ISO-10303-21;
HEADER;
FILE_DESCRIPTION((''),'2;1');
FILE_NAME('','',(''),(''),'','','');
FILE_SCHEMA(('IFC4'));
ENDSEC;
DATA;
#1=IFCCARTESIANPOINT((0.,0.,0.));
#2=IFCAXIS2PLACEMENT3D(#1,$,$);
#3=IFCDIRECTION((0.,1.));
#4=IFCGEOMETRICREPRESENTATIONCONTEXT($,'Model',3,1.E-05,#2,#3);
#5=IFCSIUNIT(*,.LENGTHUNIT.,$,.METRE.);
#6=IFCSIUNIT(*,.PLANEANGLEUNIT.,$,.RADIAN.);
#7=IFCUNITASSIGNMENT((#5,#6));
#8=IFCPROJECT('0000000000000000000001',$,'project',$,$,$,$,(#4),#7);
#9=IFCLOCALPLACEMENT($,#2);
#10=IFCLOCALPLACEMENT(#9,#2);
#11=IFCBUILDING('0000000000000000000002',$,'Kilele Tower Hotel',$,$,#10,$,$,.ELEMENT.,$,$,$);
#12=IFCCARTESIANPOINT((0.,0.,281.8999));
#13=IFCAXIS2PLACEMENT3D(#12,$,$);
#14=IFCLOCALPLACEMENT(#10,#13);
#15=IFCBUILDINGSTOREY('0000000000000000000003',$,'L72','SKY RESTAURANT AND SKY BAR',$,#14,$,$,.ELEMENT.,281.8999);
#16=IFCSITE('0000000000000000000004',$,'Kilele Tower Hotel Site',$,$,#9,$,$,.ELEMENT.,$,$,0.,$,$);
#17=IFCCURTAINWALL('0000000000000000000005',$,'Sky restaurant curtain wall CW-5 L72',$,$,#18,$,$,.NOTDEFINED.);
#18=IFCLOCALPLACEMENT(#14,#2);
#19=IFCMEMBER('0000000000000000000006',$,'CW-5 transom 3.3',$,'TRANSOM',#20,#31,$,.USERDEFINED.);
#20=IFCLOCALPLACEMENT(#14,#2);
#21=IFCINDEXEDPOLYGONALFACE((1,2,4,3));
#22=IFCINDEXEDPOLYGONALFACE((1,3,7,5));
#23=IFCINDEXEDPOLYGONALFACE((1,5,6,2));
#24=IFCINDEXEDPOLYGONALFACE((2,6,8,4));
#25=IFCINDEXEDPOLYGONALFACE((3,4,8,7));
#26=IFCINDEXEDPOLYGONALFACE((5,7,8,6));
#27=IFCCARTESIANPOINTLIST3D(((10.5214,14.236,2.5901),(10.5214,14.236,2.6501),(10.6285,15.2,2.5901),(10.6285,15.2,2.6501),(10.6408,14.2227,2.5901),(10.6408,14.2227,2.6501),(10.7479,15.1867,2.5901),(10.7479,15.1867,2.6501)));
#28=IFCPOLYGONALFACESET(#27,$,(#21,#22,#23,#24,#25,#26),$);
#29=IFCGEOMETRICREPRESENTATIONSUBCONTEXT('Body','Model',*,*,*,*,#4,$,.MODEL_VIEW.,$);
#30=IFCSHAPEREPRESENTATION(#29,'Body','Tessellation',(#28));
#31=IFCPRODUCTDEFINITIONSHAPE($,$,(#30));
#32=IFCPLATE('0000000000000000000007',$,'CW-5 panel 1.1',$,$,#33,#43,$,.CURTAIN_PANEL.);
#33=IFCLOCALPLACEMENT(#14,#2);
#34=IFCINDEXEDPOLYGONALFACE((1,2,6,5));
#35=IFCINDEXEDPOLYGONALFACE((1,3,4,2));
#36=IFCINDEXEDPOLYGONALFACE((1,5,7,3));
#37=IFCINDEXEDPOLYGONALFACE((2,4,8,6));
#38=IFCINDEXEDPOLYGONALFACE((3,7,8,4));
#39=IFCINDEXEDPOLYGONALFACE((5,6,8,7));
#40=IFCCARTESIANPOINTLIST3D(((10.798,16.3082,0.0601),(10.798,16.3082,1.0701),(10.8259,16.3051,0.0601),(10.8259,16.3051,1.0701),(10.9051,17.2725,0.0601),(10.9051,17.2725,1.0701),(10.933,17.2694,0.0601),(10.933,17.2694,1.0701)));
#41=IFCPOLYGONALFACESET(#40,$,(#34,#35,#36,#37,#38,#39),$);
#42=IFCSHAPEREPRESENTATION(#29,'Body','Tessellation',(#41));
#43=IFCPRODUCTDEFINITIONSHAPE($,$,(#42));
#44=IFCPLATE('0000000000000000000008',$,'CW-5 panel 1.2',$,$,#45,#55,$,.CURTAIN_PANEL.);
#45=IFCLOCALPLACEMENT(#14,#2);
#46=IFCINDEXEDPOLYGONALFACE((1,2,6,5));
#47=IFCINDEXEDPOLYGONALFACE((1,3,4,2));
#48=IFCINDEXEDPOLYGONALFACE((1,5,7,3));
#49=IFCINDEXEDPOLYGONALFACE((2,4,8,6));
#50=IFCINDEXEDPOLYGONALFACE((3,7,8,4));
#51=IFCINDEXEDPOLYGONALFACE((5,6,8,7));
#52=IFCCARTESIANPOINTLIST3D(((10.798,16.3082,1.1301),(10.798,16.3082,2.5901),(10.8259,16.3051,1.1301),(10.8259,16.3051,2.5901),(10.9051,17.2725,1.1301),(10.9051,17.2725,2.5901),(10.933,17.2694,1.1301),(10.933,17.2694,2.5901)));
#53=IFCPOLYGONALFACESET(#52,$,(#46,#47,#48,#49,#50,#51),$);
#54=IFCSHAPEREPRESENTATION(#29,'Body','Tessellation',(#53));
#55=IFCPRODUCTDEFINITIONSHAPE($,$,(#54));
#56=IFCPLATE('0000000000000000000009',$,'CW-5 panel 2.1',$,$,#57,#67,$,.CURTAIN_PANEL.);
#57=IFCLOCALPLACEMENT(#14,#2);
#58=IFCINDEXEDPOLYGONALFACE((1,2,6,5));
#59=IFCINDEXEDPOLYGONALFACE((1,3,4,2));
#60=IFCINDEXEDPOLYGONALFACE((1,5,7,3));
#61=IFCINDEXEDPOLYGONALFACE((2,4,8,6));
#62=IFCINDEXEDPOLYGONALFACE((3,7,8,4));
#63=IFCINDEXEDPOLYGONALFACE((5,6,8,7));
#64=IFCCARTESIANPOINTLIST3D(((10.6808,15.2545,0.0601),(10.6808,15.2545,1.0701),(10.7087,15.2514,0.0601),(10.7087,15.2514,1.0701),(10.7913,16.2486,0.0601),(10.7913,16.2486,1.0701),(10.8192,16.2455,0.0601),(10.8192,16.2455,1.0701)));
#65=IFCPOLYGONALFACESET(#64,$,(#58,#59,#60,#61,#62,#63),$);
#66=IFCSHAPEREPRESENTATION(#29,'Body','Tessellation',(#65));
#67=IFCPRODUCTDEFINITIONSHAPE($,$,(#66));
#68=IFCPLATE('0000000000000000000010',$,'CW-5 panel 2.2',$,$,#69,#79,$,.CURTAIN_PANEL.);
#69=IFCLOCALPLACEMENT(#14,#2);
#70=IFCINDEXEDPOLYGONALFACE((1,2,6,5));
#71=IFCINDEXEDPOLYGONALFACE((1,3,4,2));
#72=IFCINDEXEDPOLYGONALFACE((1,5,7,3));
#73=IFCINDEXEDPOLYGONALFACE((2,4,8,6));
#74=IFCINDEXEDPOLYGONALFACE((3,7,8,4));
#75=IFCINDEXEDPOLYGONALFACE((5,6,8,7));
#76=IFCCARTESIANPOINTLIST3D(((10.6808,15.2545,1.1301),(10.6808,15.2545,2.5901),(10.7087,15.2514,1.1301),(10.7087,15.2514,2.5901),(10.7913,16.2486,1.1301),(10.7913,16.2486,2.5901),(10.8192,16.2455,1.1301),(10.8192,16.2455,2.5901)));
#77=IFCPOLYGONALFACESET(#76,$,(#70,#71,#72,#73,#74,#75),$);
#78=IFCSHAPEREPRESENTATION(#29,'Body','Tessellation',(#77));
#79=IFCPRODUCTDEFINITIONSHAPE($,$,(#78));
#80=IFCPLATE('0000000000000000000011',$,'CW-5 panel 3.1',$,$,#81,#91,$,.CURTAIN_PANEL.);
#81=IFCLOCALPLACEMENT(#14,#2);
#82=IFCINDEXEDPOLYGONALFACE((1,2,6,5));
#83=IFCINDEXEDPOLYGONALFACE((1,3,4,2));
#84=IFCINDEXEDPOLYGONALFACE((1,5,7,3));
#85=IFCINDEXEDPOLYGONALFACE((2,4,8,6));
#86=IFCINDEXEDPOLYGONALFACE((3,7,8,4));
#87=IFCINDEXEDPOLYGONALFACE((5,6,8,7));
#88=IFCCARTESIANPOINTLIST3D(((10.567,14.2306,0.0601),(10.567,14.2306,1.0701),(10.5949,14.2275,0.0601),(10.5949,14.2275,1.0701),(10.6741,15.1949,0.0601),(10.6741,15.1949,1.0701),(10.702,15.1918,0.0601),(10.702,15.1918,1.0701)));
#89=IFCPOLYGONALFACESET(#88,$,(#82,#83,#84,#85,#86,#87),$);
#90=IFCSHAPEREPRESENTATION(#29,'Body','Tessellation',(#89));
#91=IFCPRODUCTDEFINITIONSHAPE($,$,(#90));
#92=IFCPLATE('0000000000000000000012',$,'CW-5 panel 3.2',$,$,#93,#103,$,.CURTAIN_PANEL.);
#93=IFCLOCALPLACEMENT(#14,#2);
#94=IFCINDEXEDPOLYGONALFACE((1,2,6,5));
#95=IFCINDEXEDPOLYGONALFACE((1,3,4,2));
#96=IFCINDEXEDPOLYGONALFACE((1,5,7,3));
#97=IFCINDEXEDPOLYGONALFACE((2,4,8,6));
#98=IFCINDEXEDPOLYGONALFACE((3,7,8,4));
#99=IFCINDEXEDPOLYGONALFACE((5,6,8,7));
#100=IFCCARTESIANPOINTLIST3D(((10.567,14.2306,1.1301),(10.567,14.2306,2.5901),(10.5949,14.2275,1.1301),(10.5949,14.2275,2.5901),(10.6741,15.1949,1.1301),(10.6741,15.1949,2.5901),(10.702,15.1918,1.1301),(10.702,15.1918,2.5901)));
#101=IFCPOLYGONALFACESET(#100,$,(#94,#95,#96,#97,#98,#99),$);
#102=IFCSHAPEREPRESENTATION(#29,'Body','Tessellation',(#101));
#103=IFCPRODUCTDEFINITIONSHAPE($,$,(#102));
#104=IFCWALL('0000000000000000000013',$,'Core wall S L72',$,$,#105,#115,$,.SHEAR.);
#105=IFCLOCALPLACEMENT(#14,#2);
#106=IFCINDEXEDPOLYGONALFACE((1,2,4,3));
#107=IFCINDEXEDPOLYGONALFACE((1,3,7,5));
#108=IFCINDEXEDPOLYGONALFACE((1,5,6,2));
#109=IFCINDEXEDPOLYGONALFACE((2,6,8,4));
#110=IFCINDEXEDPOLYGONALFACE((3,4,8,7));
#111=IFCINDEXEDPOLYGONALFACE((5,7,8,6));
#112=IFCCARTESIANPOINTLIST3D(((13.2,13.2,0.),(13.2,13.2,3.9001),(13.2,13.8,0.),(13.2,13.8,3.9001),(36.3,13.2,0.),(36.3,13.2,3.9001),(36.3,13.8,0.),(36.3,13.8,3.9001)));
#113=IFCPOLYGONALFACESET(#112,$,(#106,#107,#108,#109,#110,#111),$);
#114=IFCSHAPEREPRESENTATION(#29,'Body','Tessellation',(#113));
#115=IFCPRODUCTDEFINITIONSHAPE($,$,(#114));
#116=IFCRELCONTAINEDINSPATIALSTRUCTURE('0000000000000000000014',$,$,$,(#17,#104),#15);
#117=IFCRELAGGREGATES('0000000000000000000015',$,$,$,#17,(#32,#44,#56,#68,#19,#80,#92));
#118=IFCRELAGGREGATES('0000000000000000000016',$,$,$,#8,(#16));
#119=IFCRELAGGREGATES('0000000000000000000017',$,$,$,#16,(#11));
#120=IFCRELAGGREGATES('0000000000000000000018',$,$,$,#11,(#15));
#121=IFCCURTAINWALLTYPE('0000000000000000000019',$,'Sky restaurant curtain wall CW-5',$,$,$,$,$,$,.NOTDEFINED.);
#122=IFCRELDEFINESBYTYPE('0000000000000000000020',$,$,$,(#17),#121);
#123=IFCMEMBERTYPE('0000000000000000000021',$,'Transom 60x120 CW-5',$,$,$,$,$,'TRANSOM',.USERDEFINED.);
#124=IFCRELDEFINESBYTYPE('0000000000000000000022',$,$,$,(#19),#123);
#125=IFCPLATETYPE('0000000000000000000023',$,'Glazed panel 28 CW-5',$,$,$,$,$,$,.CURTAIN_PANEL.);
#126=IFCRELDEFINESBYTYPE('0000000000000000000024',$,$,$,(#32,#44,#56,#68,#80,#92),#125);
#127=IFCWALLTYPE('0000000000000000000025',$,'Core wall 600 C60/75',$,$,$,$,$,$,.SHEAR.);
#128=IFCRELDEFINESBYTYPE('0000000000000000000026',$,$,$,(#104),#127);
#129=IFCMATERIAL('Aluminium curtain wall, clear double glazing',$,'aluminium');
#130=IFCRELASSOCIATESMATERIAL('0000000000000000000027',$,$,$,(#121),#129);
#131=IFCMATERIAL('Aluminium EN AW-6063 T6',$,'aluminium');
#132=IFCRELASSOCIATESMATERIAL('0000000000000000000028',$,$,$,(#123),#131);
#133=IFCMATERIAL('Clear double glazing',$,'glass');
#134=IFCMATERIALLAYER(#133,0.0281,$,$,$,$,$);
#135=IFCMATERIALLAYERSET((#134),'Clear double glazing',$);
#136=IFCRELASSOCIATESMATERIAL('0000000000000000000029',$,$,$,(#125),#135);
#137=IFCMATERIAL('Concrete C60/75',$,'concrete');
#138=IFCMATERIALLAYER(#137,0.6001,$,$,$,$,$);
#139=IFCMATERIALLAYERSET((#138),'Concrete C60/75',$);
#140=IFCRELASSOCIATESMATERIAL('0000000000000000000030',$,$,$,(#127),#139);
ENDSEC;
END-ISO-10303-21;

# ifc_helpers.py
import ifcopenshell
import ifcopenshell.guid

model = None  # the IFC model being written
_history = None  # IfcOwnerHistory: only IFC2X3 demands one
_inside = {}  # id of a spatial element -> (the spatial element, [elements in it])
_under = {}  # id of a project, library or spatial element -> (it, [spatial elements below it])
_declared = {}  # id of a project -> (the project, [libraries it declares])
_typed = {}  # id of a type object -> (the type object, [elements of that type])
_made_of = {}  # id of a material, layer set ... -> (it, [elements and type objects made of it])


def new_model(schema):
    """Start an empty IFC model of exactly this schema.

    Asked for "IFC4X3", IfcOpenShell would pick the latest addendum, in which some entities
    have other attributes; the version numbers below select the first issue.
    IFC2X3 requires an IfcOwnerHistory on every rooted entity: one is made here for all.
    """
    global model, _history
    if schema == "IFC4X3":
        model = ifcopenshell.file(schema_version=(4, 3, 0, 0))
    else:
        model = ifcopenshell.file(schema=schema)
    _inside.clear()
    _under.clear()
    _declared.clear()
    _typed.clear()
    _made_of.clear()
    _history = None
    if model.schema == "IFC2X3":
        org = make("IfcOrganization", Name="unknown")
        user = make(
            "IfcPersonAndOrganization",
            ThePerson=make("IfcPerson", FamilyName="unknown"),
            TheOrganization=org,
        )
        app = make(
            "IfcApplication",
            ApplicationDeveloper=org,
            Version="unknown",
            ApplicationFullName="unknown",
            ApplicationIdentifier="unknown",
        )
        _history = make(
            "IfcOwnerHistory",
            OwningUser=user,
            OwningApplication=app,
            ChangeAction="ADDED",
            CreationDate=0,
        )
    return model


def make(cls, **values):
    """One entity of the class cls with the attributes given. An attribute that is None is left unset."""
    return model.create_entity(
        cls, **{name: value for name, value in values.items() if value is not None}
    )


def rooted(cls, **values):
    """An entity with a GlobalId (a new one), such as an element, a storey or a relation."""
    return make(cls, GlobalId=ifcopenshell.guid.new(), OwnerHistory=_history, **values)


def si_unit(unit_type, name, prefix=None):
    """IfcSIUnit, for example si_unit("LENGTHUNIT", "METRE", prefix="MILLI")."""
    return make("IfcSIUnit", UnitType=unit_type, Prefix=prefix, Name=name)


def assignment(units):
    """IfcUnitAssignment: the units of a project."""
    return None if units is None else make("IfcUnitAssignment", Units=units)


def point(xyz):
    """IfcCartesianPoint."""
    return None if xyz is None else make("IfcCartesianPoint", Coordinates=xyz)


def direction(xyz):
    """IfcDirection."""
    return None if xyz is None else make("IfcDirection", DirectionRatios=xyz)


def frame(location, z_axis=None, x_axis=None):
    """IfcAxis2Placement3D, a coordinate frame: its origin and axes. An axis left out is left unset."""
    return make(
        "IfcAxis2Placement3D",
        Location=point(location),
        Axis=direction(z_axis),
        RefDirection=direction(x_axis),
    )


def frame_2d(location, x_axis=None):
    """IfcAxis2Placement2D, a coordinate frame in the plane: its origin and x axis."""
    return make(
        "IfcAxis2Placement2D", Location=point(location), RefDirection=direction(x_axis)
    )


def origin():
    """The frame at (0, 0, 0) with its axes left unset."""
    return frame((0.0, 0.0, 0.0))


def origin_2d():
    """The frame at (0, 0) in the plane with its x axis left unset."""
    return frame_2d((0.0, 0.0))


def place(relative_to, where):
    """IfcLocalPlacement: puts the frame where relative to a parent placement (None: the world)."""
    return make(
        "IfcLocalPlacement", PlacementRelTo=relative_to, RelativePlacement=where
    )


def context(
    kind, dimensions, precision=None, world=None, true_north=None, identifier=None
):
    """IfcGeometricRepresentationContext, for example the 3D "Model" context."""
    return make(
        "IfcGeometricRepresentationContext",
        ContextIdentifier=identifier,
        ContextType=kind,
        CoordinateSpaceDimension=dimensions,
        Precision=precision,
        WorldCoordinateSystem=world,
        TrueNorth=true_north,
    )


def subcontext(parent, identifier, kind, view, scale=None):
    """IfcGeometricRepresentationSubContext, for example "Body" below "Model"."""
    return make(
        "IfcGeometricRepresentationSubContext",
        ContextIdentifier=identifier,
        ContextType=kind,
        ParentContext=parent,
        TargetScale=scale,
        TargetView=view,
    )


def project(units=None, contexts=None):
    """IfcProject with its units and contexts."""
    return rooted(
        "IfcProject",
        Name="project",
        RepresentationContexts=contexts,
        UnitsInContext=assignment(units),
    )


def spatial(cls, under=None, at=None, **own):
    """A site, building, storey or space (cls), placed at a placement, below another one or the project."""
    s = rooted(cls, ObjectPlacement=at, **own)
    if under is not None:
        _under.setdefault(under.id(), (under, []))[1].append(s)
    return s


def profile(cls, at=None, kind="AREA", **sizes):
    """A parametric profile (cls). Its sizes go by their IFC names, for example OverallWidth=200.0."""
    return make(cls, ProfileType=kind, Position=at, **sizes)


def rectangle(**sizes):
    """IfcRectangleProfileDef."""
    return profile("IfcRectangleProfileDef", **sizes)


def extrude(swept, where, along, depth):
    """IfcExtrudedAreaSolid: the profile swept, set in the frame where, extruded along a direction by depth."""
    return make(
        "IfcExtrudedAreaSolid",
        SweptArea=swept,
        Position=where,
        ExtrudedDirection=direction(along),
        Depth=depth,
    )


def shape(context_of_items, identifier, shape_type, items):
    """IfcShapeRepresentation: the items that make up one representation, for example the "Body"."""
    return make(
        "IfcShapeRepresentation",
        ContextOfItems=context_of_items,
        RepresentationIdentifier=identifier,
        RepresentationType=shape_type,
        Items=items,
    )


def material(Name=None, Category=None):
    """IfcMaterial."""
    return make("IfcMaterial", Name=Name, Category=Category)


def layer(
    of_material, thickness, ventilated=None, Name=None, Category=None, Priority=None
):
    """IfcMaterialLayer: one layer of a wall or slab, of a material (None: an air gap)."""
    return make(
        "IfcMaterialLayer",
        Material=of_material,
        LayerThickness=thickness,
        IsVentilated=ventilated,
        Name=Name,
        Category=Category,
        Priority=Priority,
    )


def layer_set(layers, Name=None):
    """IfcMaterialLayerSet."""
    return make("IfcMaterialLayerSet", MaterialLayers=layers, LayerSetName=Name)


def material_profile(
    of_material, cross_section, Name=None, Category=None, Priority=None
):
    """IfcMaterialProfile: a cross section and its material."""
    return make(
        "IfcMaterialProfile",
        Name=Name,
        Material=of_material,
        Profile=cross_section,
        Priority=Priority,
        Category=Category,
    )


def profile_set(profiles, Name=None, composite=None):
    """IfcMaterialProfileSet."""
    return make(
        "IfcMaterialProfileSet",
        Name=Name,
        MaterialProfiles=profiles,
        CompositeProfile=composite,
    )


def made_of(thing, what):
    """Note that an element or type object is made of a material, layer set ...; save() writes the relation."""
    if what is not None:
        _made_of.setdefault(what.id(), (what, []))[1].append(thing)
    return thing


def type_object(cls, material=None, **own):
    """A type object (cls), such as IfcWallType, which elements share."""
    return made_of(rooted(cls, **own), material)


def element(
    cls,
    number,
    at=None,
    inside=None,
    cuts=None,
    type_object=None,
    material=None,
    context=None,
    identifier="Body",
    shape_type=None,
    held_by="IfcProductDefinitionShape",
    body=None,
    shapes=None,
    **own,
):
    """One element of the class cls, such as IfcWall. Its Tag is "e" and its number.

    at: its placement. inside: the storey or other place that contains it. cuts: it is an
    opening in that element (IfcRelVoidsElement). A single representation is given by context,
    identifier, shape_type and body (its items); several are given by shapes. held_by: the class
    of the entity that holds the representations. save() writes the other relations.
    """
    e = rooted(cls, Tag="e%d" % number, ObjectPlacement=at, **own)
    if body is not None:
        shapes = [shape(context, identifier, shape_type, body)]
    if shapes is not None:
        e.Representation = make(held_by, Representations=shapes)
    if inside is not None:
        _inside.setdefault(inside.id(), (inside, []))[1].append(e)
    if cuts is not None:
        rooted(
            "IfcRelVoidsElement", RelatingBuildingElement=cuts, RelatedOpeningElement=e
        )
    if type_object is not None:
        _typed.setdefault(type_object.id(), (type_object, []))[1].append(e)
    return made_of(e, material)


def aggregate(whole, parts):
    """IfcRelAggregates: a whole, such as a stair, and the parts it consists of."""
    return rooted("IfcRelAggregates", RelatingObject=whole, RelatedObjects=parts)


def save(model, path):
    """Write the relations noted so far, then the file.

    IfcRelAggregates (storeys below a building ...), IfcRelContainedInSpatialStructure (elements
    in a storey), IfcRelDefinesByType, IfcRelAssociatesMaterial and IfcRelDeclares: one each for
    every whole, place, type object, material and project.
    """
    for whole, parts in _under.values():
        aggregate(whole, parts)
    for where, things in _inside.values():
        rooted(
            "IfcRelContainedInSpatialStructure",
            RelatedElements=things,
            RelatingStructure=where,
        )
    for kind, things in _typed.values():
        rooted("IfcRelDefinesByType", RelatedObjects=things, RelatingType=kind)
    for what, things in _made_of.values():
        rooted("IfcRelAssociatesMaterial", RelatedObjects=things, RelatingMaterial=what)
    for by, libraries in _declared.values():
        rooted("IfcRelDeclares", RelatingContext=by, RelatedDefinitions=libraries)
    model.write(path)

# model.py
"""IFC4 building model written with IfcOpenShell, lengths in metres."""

from ifc_helpers import new_model, si_unit, direction, frame, frame_2d, origin, origin_2d, place, context, subcontext, project, spatial, rectangle, extrude, material, layer, layer_set, material_profile, profile_set, type_object, element, aggregate, save


model = new_model("IFC4")

# Units and contexts
model_context = context("Model", 3, precision=1e-05, world=origin(), true_north=direction((0.0, 1.0)))
body_context = subcontext(model_context, "Body", "Model", "MODEL_VIEW")
ifc_project = project(units=[si_unit("LENGTHUNIT", "METRE"), si_unit("PLANEANGLEUNIT", "RADIAN")], contexts=[model_context])

# Site, building, storey
site_placement = place(None, origin())
site = spatial("IfcSite", under=ifc_project, at=site_placement, Name="Kilele Tower Hotel Site", CompositionType="ELEMENT", RefElevation=0.0)
building_placement = place(site_placement, origin())
building = spatial("IfcBuilding", under=site, at=building_placement, Name="Kilele Tower Hotel", CompositionType="ELEMENT")
storey_placement = place(building_placement, frame((0.0, 0.0, 281.8999)))
storey = spatial("IfcBuildingStorey", under=building, at=storey_placement, Name="L72", Description="SKY RESTAURANT AND SKY BAR", CompositionType="ELEMENT", Elevation=281.8999)

# Curtain wall, member, plates
ifc_material_1 = material(Name="Aluminium curtain wall, clear double glazing", Category="aluminium")
curtain_wall_type = type_object("IfcCurtainWallType", Name="Sky restaurant curtain wall CW-5", PredefinedType="NOTDEFINED", material=ifc_material_1)
curtain_wall_placement = place(storey_placement, origin())
curtain_wall = element("IfcCurtainWall", 1, at=curtain_wall_placement, inside=storey, type_object=curtain_wall_type, Name="Sky restaurant curtain wall CW-5 L72", PredefinedType="NOTDEFINED")
ifc_material_2 = material(Name="Aluminium EN AW-6063 T6", Category="aluminium")
ifc_material_profile_1 = material_profile(ifc_material_2, rectangle(XDim=0.1201, YDim=0.0601, at=origin_2d()))
ifc_profile_set_1 = profile_set([ifc_material_profile_1], Name="Aluminium EN AW-6063 T6")
member_type_1 = type_object("IfcMemberType", Name="Transom 60x120 CW-5", ElementType="TRANSOM", PredefinedType="USERDEFINED", material=ifc_profile_set_1)
member_1_placement = place(storey_placement, frame((10.6882, 15.1934, 2.6201), z_axis=(-0.110487, -0.993878, 0.0), x_axis=(0.993878, -0.110487, 0.0)))
member_1 = element("IfcMember", 2, at=member_1_placement, type_object=member_type_1, Name="CW-5 transom 3.3", ObjectType="TRANSOM", PredefinedType="USERDEFINED", context=body_context, shape_type="SweptSolid", body=[
    extrude(rectangle(XDim=0.1201, YDim=0.0601, at=origin_2d()), origin(), (0.0, 0.0, 1.0), 0.97),
])
ifc_material_3 = material(Name="Clear double glazing", Category="glass")
ifc_layer_1 = layer(ifc_material_3, 0.0281)
ifc_layer_set_1 = layer_set([ifc_layer_1], Name="Clear double glazing")
plate_type = type_object("IfcPlateType", Name="Glazed panel 28 CW-5", PredefinedType="CURTAIN_PANEL", material=ifc_layer_set_1)
plate_1_placement = place(storey_placement, frame((10.8655, 16.7888, 0.0601), z_axis=(0.0, 0.0, 1.0), x_axis=(-0.110432, -0.993884, 0.0)))
plate_1 = element("IfcPlate", 3, at=plate_1_placement, type_object=plate_type, Name="CW-5 panel 1.1", PredefinedType="CURTAIN_PANEL", context=body_context, shape_type="SweptSolid", body=[
    extrude(rectangle(XDim=0.9702, YDim=0.0281, at=origin_2d()), origin(), (0.0, 0.0, 1.0), 1.01),
])
plate_2_placement = place(storey_placement, frame((10.8655, 16.7888, 1.1301), z_axis=(0.0, 0.0, 1.0), x_axis=(-0.110432, -0.993884, 0.0)))
plate_2 = element("IfcPlate", 4, at=plate_2_placement, type_object=plate_type, Name="CW-5 panel 1.2", PredefinedType="CURTAIN_PANEL", context=body_context, shape_type="SweptSolid", body=[
    extrude(rectangle(XDim=0.9702, YDim=0.0281, at=origin_2d()), origin(), (0.0, 0.0, 1.0), 1.46),
])
plate_3_placement = place(storey_placement, frame((10.75, 15.75, 0.0601), z_axis=(0.0, 0.0, 1.0), x_axis=(-0.110432, -0.993884, 0.0)))
plate_3 = element("IfcPlate", 5, at=plate_3_placement, type_object=plate_type, Name="CW-5 panel 2.1", PredefinedType="CURTAIN_PANEL", context=body_context, shape_type="SweptSolid", body=[
    extrude(rectangle(XDim=1.0002, YDim=0.0281, at=origin_2d()), origin(), (0.0, 0.0, 1.0), 1.01),
])
plate_4_placement = place(storey_placement, frame((10.75, 15.75, 1.1301), z_axis=(0.0, 0.0, 1.0), x_axis=(-0.110432, -0.993884, 0.0)))
plate_4 = element("IfcPlate", 6, at=plate_4_placement, type_object=plate_type, Name="CW-5 panel 2.2", PredefinedType="CURTAIN_PANEL", context=body_context, shape_type="SweptSolid", body=[
    extrude(rectangle(XDim=1.0002, YDim=0.0281, at=origin_2d()), origin(), (0.0, 0.0, 1.0), 1.46),
])
plate_5_placement = place(storey_placement, frame((10.6345, 14.7112, 0.0601), z_axis=(0.0, 0.0, 1.0), x_axis=(-0.110432, -0.993884, 0.0)))
plate_5 = element("IfcPlate", 7, at=plate_5_placement, type_object=plate_type, Name="CW-5 panel 3.1", PredefinedType="CURTAIN_PANEL", context=body_context, shape_type="SweptSolid", body=[
    extrude(rectangle(XDim=0.9702, YDim=0.0281, at=origin_2d()), origin(), (0.0, 0.0, 1.0), 1.01),
])
plate_6_placement = place(storey_placement, frame((10.6345, 14.7112, 1.1301), z_axis=(0.0, 0.0, 1.0), x_axis=(-0.110432, -0.993884, 0.0)))
plate_6 = element("IfcPlate", 8, at=plate_6_placement, type_object=plate_type, Name="CW-5 panel 3.2", PredefinedType="CURTAIN_PANEL", context=body_context, shape_type="SweptSolid", body=[
    extrude(rectangle(XDim=0.9702, YDim=0.0281, at=origin_2d()), origin(), (0.0, 0.0, 1.0), 1.46),
])
aggregate(curtain_wall, [plate_1, plate_2, plate_3, plate_4, member_1, plate_5, plate_6])

# Wall
ifc_material_4 = material(Name="Concrete C60/75", Category="concrete")
ifc_layer_2 = layer(ifc_material_4, 0.6001)
ifc_layer_set_2 = layer_set([ifc_layer_2], Name="Concrete C60/75")
wall_type = type_object("IfcWallType", Name="Core wall 600 C60/75", PredefinedType="SHEAR", material=ifc_layer_set_2)
wall_1_placement = place(storey_placement, frame((13.2, 13.5, 0.0), z_axis=(0.0, 0.0, 1.0), x_axis=(1.0, 0.0, 0.0)))
element("IfcWall", 9, at=wall_1_placement, inside=storey, type_object=wall_type, Name="Core wall S L72", PredefinedType="SHEAR", context=body_context, shape_type="SweptSolid", body=[
    extrude(rectangle(XDim=23.1001, YDim=0.6001, at=frame_2d((11.55, 0.0))), origin(), (0.0, 0.0, 1.0), 3.9001),
])

save(model, "model.ifc")
